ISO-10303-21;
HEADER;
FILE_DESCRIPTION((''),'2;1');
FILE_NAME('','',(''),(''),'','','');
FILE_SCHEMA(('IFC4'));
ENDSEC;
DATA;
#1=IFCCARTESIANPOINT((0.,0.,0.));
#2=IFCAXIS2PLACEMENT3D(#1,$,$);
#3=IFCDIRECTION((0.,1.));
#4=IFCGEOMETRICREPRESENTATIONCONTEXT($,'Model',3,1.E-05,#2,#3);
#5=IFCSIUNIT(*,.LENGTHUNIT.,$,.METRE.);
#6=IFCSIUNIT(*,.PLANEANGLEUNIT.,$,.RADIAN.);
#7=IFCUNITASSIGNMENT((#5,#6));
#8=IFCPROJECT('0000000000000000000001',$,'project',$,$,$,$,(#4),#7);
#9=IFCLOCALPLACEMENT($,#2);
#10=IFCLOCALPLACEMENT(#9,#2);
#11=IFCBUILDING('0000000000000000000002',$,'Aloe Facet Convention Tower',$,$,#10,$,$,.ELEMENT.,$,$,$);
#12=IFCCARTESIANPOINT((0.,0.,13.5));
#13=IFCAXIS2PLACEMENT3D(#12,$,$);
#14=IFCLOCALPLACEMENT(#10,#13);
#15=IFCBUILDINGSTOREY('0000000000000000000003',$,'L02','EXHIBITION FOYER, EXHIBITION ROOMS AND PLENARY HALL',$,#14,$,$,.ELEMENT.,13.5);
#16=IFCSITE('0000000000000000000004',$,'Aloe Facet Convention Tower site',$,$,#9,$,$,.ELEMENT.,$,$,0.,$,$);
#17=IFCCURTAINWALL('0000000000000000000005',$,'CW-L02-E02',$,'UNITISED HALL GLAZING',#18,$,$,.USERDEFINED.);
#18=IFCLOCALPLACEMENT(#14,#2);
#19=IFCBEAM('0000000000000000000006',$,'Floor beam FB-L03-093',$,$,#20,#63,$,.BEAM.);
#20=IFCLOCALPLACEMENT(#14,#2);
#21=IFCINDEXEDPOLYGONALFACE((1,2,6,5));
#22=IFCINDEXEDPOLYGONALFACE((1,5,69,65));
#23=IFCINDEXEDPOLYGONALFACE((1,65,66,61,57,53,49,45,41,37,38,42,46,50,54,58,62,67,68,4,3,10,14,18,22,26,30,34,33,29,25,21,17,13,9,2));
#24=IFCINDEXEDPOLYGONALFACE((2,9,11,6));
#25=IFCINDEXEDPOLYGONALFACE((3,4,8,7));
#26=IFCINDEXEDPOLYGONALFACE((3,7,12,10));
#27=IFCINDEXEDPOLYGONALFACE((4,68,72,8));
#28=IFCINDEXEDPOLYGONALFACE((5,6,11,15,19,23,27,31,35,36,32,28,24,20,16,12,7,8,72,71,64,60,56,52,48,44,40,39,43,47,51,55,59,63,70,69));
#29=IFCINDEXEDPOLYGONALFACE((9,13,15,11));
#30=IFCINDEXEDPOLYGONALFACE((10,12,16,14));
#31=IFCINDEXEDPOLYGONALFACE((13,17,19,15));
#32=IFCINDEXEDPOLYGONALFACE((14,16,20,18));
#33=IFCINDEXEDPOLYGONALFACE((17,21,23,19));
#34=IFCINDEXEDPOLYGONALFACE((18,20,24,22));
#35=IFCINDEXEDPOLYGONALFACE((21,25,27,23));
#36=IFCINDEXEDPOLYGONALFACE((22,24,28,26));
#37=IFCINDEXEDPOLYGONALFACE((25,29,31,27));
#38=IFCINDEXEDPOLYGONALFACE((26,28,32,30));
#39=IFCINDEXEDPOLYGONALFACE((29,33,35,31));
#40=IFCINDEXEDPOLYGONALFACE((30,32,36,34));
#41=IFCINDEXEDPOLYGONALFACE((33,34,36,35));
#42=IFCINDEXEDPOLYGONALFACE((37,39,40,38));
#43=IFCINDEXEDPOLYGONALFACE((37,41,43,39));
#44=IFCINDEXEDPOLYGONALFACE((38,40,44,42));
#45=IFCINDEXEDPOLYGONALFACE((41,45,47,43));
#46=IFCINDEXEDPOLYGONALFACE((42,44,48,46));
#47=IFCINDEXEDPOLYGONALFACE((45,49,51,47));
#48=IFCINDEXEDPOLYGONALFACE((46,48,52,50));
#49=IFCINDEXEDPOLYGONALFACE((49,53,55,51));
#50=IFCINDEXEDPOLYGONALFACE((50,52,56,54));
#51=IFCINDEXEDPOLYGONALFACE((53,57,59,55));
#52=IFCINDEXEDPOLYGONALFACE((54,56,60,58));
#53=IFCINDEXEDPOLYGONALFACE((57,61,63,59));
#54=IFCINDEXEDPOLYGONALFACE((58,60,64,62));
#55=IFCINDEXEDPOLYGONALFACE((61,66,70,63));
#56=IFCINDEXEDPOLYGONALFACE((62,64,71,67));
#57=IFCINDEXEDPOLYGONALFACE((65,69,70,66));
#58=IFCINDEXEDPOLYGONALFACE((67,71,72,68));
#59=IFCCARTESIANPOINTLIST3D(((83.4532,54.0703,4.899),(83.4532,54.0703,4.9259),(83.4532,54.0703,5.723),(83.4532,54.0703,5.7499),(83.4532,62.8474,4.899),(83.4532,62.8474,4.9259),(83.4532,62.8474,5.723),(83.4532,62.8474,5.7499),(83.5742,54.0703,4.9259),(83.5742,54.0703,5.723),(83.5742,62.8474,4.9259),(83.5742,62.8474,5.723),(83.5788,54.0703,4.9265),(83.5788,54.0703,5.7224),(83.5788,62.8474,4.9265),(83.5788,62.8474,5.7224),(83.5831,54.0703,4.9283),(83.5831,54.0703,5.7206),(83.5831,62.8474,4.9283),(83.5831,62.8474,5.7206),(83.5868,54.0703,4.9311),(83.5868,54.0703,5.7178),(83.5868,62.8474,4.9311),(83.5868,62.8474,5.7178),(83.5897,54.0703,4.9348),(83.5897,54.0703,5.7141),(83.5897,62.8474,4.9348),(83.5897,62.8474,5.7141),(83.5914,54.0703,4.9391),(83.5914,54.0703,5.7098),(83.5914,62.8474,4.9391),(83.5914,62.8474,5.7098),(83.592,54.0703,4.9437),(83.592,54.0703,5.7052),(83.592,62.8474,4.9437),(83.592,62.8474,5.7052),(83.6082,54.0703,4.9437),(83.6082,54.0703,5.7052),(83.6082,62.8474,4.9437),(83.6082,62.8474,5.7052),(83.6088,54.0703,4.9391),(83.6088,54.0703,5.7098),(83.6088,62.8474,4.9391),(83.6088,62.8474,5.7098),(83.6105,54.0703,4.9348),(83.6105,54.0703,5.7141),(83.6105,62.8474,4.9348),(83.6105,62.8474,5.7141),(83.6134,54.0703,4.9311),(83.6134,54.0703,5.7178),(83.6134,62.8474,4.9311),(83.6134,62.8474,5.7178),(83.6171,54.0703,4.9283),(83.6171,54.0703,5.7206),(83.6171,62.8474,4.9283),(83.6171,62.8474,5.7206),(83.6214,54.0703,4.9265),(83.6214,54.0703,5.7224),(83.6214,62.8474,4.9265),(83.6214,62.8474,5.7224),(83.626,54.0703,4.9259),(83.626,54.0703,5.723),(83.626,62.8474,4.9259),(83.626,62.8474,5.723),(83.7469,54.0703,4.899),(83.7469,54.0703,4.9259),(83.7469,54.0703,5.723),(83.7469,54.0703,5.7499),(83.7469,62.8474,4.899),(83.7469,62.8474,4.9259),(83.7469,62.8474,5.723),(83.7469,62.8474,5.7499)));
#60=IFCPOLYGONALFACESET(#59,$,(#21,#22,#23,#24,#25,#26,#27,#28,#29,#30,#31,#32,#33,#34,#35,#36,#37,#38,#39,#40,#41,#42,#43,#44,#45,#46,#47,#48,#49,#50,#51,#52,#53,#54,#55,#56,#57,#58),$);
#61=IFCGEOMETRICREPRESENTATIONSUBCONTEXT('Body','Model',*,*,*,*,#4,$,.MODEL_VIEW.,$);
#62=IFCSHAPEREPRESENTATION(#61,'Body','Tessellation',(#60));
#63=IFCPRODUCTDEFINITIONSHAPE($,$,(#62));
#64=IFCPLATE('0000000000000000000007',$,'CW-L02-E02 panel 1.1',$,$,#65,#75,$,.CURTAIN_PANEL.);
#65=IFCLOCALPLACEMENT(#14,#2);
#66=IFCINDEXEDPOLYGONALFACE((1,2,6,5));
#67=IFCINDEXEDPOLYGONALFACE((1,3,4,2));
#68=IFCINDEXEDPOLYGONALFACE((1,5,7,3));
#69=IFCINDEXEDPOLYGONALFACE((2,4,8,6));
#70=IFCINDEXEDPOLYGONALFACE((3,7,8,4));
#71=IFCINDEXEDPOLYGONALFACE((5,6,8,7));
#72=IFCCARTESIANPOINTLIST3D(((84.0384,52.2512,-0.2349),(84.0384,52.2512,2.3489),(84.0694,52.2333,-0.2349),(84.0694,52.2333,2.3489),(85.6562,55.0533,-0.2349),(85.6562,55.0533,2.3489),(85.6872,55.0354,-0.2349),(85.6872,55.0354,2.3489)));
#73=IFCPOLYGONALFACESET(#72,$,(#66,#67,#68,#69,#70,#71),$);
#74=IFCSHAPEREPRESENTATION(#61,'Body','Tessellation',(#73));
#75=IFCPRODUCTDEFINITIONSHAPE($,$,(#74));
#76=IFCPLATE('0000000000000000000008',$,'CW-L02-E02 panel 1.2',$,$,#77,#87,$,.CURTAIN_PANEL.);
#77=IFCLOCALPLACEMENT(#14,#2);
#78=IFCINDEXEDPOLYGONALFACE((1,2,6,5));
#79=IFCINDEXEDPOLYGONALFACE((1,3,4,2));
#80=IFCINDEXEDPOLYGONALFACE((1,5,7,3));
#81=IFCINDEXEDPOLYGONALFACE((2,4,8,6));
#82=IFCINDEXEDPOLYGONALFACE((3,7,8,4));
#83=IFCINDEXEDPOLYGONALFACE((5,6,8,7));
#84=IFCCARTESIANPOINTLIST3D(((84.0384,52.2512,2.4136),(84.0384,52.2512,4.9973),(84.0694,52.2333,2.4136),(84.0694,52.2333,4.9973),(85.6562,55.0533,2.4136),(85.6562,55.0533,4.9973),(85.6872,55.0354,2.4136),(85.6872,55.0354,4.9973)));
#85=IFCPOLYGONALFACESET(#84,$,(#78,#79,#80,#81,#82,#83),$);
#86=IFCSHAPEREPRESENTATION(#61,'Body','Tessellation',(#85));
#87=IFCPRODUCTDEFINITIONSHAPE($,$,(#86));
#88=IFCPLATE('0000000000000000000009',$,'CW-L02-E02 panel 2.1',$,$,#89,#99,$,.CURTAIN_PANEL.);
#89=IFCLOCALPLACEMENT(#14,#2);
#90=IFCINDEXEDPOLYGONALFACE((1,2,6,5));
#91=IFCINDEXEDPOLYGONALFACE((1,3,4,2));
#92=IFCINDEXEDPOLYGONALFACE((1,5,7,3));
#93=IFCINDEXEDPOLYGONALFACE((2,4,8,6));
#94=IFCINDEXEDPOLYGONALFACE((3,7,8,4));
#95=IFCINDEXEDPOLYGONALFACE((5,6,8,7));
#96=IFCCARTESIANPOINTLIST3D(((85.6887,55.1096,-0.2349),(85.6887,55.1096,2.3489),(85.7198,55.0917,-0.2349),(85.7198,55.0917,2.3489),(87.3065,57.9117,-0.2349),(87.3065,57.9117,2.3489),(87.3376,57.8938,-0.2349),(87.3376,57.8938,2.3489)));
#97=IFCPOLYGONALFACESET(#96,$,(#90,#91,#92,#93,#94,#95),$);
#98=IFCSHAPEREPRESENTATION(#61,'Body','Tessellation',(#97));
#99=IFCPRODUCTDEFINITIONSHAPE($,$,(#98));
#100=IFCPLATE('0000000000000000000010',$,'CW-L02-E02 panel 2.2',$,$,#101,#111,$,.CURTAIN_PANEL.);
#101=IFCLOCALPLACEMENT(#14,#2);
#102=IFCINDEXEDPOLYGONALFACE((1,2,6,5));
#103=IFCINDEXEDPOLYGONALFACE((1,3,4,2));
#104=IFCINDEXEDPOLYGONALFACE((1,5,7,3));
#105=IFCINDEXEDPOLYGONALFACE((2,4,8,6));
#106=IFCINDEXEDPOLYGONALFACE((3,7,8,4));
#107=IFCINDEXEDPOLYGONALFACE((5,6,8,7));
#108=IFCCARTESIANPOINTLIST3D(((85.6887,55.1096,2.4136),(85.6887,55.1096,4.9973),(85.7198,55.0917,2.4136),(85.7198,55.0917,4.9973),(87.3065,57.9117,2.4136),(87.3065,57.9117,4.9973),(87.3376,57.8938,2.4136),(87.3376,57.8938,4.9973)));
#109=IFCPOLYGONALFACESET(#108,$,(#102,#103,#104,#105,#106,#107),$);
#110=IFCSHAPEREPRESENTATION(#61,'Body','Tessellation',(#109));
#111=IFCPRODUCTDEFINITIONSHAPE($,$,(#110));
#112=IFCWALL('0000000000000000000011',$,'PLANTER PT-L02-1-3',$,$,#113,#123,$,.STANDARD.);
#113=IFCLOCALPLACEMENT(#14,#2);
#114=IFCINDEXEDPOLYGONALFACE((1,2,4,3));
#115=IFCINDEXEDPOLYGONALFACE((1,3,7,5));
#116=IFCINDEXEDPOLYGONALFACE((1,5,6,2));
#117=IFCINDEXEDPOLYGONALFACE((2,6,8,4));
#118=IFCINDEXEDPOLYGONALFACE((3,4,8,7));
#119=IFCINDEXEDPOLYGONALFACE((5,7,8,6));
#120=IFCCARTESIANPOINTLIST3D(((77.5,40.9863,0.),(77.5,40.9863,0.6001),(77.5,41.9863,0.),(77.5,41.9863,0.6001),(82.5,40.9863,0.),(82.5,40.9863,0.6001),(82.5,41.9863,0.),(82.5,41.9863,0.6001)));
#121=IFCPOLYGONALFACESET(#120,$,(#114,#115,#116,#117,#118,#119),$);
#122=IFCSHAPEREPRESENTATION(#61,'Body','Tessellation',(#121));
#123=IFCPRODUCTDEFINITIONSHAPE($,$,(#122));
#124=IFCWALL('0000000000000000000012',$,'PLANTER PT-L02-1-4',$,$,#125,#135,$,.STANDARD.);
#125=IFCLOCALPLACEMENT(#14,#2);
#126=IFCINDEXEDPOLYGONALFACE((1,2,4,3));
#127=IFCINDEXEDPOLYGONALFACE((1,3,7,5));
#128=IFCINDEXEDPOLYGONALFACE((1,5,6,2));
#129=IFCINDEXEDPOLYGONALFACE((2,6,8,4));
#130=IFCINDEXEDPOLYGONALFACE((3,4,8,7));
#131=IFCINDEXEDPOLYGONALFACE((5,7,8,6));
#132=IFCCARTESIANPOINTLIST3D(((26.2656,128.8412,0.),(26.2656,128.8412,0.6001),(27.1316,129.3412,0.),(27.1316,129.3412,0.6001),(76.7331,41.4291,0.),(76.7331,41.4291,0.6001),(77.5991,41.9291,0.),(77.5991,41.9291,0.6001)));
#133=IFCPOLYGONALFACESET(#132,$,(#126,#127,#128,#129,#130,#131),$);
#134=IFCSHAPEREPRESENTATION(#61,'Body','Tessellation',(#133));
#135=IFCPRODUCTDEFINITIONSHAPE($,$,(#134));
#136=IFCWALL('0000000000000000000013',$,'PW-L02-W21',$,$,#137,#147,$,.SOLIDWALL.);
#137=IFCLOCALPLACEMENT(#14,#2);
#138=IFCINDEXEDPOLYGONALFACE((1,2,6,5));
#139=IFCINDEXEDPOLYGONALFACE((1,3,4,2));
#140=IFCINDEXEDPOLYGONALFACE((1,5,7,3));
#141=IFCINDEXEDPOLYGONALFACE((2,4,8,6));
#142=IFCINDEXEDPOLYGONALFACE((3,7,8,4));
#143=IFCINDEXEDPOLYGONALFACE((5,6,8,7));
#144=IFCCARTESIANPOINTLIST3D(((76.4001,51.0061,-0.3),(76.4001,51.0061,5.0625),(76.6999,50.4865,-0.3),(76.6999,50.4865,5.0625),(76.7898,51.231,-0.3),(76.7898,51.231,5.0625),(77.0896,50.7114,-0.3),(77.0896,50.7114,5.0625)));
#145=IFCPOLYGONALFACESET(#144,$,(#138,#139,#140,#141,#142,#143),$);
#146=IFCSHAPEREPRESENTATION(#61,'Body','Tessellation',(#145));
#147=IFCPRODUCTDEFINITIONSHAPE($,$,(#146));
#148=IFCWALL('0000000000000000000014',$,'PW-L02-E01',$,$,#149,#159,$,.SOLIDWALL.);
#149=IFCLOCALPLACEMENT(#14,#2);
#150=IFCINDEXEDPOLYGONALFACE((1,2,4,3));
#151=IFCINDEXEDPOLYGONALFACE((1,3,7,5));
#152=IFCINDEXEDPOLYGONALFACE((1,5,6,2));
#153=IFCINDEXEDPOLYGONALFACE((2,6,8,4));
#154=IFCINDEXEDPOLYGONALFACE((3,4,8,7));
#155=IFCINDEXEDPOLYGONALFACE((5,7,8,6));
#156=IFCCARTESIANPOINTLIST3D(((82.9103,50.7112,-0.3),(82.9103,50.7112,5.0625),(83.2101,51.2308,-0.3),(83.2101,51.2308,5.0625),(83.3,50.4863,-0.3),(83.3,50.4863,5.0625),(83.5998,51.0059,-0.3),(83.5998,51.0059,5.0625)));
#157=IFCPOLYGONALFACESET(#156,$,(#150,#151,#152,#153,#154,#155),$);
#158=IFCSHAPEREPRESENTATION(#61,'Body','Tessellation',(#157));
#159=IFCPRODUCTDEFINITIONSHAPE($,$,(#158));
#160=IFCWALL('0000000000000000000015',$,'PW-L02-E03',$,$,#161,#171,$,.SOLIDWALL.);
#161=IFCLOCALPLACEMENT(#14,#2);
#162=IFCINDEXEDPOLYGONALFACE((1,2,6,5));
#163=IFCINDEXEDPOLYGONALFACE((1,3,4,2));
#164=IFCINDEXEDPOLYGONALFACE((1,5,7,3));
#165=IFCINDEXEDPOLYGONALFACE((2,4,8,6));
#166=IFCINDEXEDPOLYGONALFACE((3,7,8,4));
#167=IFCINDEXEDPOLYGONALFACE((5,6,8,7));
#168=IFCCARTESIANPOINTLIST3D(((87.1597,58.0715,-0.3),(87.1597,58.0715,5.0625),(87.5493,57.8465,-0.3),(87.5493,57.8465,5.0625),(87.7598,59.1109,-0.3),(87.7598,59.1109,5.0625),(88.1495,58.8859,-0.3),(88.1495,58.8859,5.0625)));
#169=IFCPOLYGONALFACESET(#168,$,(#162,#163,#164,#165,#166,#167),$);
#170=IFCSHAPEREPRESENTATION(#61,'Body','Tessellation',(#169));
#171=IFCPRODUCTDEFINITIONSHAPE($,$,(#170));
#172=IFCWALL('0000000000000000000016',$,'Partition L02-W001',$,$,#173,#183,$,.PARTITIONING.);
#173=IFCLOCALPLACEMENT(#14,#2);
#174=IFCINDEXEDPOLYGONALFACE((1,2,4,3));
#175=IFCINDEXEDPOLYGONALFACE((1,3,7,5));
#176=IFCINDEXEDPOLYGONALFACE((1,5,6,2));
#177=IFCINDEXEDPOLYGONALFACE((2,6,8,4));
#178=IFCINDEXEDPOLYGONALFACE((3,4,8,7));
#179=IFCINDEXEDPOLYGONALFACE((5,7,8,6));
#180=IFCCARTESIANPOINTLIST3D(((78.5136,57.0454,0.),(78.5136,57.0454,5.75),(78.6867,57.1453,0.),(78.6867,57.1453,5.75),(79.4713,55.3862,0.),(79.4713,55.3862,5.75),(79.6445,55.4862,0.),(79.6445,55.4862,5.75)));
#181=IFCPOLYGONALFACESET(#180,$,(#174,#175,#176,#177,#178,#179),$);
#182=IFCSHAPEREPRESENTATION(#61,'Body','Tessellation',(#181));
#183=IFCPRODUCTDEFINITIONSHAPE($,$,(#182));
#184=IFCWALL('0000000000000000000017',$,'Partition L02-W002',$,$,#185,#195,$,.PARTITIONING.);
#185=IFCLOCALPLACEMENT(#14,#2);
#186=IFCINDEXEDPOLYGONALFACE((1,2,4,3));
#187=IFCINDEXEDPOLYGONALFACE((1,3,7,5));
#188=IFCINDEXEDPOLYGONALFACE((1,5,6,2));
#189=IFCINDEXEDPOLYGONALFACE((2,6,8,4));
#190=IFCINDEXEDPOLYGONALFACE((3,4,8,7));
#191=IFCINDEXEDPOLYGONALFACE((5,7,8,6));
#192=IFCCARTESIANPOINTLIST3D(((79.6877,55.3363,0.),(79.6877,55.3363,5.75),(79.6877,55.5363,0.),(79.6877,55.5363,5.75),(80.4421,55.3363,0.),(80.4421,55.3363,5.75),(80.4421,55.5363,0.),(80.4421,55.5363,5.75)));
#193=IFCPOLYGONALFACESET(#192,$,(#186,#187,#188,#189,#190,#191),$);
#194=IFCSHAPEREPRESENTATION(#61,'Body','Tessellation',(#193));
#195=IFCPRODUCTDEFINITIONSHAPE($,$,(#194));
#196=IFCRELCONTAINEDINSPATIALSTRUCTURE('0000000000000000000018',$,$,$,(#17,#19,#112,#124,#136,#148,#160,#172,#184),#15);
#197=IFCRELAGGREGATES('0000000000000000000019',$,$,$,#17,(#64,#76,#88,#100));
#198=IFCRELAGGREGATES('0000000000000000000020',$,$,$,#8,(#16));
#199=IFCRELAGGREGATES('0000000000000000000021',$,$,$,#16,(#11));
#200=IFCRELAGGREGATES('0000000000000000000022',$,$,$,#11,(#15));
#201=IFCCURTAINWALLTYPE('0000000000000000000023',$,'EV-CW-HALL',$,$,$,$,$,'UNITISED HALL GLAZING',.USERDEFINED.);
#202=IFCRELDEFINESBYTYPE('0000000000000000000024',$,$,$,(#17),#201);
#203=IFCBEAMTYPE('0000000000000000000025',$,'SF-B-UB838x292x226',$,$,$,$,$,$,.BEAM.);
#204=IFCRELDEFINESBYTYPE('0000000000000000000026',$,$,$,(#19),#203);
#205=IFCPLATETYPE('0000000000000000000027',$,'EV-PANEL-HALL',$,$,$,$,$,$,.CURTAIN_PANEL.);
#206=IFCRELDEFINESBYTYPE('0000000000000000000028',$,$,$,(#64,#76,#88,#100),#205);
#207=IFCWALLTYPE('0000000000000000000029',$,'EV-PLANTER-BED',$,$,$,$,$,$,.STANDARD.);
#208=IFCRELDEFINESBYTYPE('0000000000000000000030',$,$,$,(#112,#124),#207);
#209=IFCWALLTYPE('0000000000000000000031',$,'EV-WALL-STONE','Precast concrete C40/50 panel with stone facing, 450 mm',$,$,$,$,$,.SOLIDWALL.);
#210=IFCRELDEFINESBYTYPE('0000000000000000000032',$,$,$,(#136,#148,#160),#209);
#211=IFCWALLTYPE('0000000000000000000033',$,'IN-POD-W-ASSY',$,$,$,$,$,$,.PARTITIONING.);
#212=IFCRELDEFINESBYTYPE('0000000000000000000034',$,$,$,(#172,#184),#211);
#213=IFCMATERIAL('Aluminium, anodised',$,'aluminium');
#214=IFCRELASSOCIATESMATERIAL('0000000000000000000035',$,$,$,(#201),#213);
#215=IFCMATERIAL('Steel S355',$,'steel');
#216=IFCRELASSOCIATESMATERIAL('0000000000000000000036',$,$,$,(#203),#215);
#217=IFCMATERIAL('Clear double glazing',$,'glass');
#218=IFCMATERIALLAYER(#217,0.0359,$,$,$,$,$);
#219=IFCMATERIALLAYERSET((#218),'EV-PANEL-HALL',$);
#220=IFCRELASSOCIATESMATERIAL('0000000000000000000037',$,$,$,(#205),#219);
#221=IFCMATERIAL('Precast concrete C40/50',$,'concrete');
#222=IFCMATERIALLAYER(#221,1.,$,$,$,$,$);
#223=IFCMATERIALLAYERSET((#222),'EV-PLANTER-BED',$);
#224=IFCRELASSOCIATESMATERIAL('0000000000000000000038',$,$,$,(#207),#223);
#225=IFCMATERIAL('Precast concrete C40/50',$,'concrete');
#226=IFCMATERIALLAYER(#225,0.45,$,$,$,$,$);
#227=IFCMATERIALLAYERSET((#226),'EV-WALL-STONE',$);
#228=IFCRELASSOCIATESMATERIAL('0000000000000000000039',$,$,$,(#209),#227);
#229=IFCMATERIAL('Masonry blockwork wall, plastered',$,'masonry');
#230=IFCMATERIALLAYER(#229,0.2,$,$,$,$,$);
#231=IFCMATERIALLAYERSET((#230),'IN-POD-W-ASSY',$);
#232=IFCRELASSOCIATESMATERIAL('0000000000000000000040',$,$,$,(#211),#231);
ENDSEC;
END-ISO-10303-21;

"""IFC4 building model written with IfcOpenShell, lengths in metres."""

from ifc_helpers import new_model, si_unit, direction, frame, frame_2d, origin, origin_2d, place, context, subcontext, project, spatial, rectangle, i_section, extrude, material, layer, layer_set, material_profile, profile_set, type_object, element, aggregate, save


model = new_model("IFC4")

# Units and contexts
model_context = context("Model", 3, precision=1e-05, world=origin(), true_north=direction((0.0, 1.0)))
body_context = subcontext(model_context, "Body", "Model", "MODEL_VIEW")
ifc_project = project(units=[si_unit("LENGTHUNIT", "METRE"), si_unit("PLANEANGLEUNIT", "RADIAN")], contexts=[model_context])

# Site, building, storey
site_placement = place(None, origin())
site = spatial("IfcSite", under=ifc_project, at=site_placement, Name="Aloe Facet Convention Tower site", CompositionType="ELEMENT", RefElevation=0.0)
building_placement = place(site_placement, origin())
building = spatial("IfcBuilding", under=site, at=building_placement, Name="Aloe Facet Convention Tower", CompositionType="ELEMENT")
storey_placement = place(building_placement, frame((0.0, 0.0, 13.5)))
storey = spatial("IfcBuildingStorey", under=building, at=storey_placement, Name="L02", Description="EXHIBITION FOYER, EXHIBITION ROOMS AND PLENARY HALL", CompositionType="ELEMENT", Elevation=13.5)

# Curtain wall
ifc_material_1 = material(Name="Aluminium, anodised", Category="aluminium")
curtain_wall_type = type_object("IfcCurtainWallType", Name="EV-CW-HALL", ElementType="UNITISED HALL GLAZING", PredefinedType="USERDEFINED", material=ifc_material_1)
curtain_wall_placement = place(storey_placement, origin())
curtain_wall = element("IfcCurtainWall", 1, at=curtain_wall_placement, inside=storey, type_object=curtain_wall_type, Name="CW-L02-E02", ObjectType="UNITISED HALL GLAZING", PredefinedType="USERDEFINED")

# Beam
ifc_material_2 = material(Name="Steel S355", Category="steel")
ifc_material_profile_1 = material_profile(ifc_material_2, i_section(OverallWidth=0.2937, OverallDepth=0.8508, WebThickness=0.0161, FlangeThickness=0.0269, FilletRadius=0.0178, at=origin_2d()), Name="UB 838x292x226")
ifc_profile_set_1 = profile_set([ifc_material_profile_1], Name="Steel S355")
beam_type_1 = type_object("IfcBeamType", Name="SF-B-UB838x292x226", PredefinedType="BEAM", material=ifc_profile_set_1)
beam_1_placement = place(storey_placement, frame((83.6001, 54.0703, 5.3245), z_axis=(0.0, 1.0, 0.0), x_axis=(-1.0, 0.0, 0.0)))
element("IfcBeam", 2, at=beam_1_placement, inside=storey, type_object=beam_type_1, Name="Floor beam FB-L03-093", PredefinedType="BEAM", context=body_context, shape_type="SweptSolid", body=[
    extrude(i_section(OverallWidth=0.2937, OverallDepth=0.8508, WebThickness=0.0161, FlangeThickness=0.0269, FilletRadius=0.0178, at=origin_2d()), origin(), (0.0, 0.0, 1.0), 8.7771),
])

# Plates
ifc_material_3 = material(Name="Clear double glazing", Category="glass")
ifc_layer_1 = layer(ifc_material_3, 0.0359)
ifc_layer_set_1 = layer_set([ifc_layer_1], Name="EV-PANEL-HALL")
plate_type = type_object("IfcPlateType", Name="EV-PANEL-HALL", PredefinedType="CURTAIN_PANEL", material=ifc_layer_set_1)
plate_1_placement = place(storey_placement, frame((84.8628, 53.6433, -0.2349), z_axis=(0.0, 0.0, 1.0), x_axis=(0.5, 0.866025, 0.0)))
plate_1 = element("IfcPlate", 3, at=plate_1_placement, type_object=plate_type, Name="CW-L02-E02 panel 1.1", PredefinedType="CURTAIN_PANEL", context=body_context, shape_type="SweptSolid", body=[
    extrude(rectangle(XDim=3.2356, YDim=0.0359, at=origin_2d()), origin(), (0.0, 0.0, 1.0), 2.5837),
])
plate_2_placement = place(storey_placement, frame((84.8628, 53.6433, 2.4136), z_axis=(0.0, 0.0, 1.0), x_axis=(0.5, 0.866025, 0.0)))
plate_2 = element("IfcPlate", 4, at=plate_2_placement, type_object=plate_type, Name="CW-L02-E02 panel 1.2", PredefinedType="CURTAIN_PANEL", context=body_context, shape_type="SweptSolid", body=[
    extrude(rectangle(XDim=3.2356, YDim=0.0359, at=origin_2d()), origin(), (0.0, 0.0, 1.0), 2.5837),
])
plate_3_placement = place(storey_placement, frame((86.5132, 56.5017, -0.2349), z_axis=(0.0, 0.0, 1.0), x_axis=(0.5, 0.866025, 0.0)))
plate_3 = element("IfcPlate", 5, at=plate_3_placement, type_object=plate_type, Name="CW-L02-E02 panel 2.1", PredefinedType="CURTAIN_PANEL", context=body_context, shape_type="SweptSolid", body=[
    extrude(rectangle(XDim=3.2356, YDim=0.0359, at=origin_2d()), origin(), (0.0, 0.0, 1.0), 2.5837),
])
plate_4_placement = place(storey_placement, frame((86.5132, 56.5017, 2.4136), z_axis=(0.0, 0.0, 1.0), x_axis=(0.5, 0.866025, 0.0)))
plate_4 = element("IfcPlate", 6, at=plate_4_placement, type_object=plate_type, Name="CW-L02-E02 panel 2.2", PredefinedType="CURTAIN_PANEL", context=body_context, shape_type="SweptSolid", body=[
    extrude(rectangle(XDim=3.2356, YDim=0.0359, at=origin_2d()), origin(), (0.0, 0.0, 1.0), 2.5837),
])
aggregate(curtain_wall, [plate_1, plate_2, plate_3, plate_4])

# Walls
ifc_material_4 = material(Name="Precast concrete C40/50", Category="concrete")
ifc_layer_2 = layer(ifc_material_4, 1.0)
ifc_layer_set_2 = layer_set([ifc_layer_2], Name="EV-PLANTER-BED")
wall_type_1 = type_object("IfcWallType", Name="EV-PLANTER-BED", PredefinedType="STANDARD", material=ifc_layer_set_2)
wall_1_placement = place(storey_placement, frame((82.5, 41.4863, 0.0), z_axis=(0.0, 0.0, 1.0), x_axis=(-1.0, 0.0, 0.0)))
element("IfcWall", 7, at=wall_1_placement, inside=storey, type_object=wall_type_1, Name="PLANTER PT-L02-1-3", PredefinedType="STANDARD", context=body_context, shape_type="SweptSolid", body=[
    extrude(rectangle(XDim=5.0, YDim=1.0, at=frame_2d((2.5, 0.0))), origin(), (0.0, 0.0, 1.0), 0.6001),
])
wall_2_placement = place(storey_placement, frame((77.166, 41.6792, 0.0), z_axis=(0.0, 0.0, 1.0), x_axis=(-0.500001, 0.866025, 0.0)))
element("IfcWall", 8, at=wall_2_placement, inside=storey, type_object=wall_type_1, Name="PLANTER PT-L02-1-4", PredefinedType="STANDARD", context=body_context, shape_type="SweptSolid", body=[
    extrude(rectangle(XDim=100.9348, YDim=1.0, at=frame_2d((50.4673, 0.0))), origin(), (0.0, 0.0, 1.0), 0.6001),
])
ifc_material_5 = material(Name="Precast concrete C40/50", Category="concrete")
ifc_layer_3 = layer(ifc_material_5, 0.45)
ifc_layer_set_3 = layer_set([ifc_layer_3], Name="EV-WALL-STONE")
wall_type_2 = type_object("IfcWallType", Name="EV-WALL-STONE", Description="Precast concrete C40/50 panel with stone facing, 450 mm", PredefinedType="SOLIDWALL", material=ifc_layer_set_3)
for number, where, z_axis, x_axis, name in (
    (9, (76.595, 51.1184, -0.3), (0.0, 0.0, 1.0), (0.499816, -0.866131, 0.0), "PW-L02-W21"),
    (10, (83.1052, 50.5989, -0.3), (0.0, 0.0, 1.0), (0.499816, 0.866131, 0.0), "PW-L02-E01"),
):
    element("IfcWall", number, at=place(storey_placement, frame(where, z_axis=z_axis, x_axis=x_axis)), inside=storey, type_object=wall_type_2, Name=name, PredefinedType="SOLIDWALL", context=body_context, shape_type="SweptSolid", body=[
        extrude(rectangle(XDim=0.5999, YDim=0.45, at=frame_2d((0.2998, 0.0))), origin(), (0.0, 0.0, 1.0), 5.3625),
    ])
wall_3_placement = place(storey_placement, frame((87.3545, 57.959, -0.3), z_axis=(0.0, 0.0, 1.0), x_axis=(0.500034, 0.866006, 0.0)))
element("IfcWall", 11, at=wall_3_placement, inside=storey, type_object=wall_type_2, Name="PW-L02-E03", PredefinedType="SOLIDWALL", context=body_context, shape_type="SweptSolid", body=[
    extrude(rectangle(XDim=1.2002, YDim=0.45, at=frame_2d((0.6001, 0.0))), origin(), (0.0, 0.0, 1.0), 5.3625),
])
ifc_material_6 = material(Name="Masonry blockwork wall, plastered", Category="masonry")
ifc_layer_4 = layer(ifc_material_6, 0.2)
ifc_layer_set_4 = layer_set([ifc_layer_4], Name="IN-POD-W-ASSY")
wall_type_3 = type_object("IfcWallType", Name="IN-POD-W-ASSY", PredefinedType="PARTITIONING", material=ifc_layer_set_4)
wall_4_placement = place(storey_placement, frame((78.6001, 57.0955, 0.0), z_axis=(0.0, 0.0, 1.0), x_axis=(0.499936, -0.866063, 0.0)))
element("IfcWall", 12, at=wall_4_placement, inside=storey, type_object=wall_type_3, Name="Partition L02-W001", PredefinedType="PARTITIONING", context=body_context, shape_type="SweptSolid", body=[
    extrude(rectangle(XDim=1.9158, YDim=0.2, at=frame_2d((0.958, 0.0))), origin(), (0.0, 0.0, 1.0), 5.75),
])
wall_5_placement = place(storey_placement, frame((79.6877, 55.4363, 0.0), z_axis=(0.0, 0.0, 1.0), x_axis=(1.0, 0.0, 0.0)))
element("IfcWall", 13, at=wall_5_placement, inside=storey, type_object=wall_type_3, Name="Partition L02-W002", PredefinedType="PARTITIONING", context=body_context, shape_type="SweptSolid", body=[
    extrude(rectangle(XDim=0.7544, YDim=0.2, at=frame_2d((0.3772, 0.0))), origin(), (0.0, 0.0, 1.0), 5.75),
])

save(model, "model.ifc")
